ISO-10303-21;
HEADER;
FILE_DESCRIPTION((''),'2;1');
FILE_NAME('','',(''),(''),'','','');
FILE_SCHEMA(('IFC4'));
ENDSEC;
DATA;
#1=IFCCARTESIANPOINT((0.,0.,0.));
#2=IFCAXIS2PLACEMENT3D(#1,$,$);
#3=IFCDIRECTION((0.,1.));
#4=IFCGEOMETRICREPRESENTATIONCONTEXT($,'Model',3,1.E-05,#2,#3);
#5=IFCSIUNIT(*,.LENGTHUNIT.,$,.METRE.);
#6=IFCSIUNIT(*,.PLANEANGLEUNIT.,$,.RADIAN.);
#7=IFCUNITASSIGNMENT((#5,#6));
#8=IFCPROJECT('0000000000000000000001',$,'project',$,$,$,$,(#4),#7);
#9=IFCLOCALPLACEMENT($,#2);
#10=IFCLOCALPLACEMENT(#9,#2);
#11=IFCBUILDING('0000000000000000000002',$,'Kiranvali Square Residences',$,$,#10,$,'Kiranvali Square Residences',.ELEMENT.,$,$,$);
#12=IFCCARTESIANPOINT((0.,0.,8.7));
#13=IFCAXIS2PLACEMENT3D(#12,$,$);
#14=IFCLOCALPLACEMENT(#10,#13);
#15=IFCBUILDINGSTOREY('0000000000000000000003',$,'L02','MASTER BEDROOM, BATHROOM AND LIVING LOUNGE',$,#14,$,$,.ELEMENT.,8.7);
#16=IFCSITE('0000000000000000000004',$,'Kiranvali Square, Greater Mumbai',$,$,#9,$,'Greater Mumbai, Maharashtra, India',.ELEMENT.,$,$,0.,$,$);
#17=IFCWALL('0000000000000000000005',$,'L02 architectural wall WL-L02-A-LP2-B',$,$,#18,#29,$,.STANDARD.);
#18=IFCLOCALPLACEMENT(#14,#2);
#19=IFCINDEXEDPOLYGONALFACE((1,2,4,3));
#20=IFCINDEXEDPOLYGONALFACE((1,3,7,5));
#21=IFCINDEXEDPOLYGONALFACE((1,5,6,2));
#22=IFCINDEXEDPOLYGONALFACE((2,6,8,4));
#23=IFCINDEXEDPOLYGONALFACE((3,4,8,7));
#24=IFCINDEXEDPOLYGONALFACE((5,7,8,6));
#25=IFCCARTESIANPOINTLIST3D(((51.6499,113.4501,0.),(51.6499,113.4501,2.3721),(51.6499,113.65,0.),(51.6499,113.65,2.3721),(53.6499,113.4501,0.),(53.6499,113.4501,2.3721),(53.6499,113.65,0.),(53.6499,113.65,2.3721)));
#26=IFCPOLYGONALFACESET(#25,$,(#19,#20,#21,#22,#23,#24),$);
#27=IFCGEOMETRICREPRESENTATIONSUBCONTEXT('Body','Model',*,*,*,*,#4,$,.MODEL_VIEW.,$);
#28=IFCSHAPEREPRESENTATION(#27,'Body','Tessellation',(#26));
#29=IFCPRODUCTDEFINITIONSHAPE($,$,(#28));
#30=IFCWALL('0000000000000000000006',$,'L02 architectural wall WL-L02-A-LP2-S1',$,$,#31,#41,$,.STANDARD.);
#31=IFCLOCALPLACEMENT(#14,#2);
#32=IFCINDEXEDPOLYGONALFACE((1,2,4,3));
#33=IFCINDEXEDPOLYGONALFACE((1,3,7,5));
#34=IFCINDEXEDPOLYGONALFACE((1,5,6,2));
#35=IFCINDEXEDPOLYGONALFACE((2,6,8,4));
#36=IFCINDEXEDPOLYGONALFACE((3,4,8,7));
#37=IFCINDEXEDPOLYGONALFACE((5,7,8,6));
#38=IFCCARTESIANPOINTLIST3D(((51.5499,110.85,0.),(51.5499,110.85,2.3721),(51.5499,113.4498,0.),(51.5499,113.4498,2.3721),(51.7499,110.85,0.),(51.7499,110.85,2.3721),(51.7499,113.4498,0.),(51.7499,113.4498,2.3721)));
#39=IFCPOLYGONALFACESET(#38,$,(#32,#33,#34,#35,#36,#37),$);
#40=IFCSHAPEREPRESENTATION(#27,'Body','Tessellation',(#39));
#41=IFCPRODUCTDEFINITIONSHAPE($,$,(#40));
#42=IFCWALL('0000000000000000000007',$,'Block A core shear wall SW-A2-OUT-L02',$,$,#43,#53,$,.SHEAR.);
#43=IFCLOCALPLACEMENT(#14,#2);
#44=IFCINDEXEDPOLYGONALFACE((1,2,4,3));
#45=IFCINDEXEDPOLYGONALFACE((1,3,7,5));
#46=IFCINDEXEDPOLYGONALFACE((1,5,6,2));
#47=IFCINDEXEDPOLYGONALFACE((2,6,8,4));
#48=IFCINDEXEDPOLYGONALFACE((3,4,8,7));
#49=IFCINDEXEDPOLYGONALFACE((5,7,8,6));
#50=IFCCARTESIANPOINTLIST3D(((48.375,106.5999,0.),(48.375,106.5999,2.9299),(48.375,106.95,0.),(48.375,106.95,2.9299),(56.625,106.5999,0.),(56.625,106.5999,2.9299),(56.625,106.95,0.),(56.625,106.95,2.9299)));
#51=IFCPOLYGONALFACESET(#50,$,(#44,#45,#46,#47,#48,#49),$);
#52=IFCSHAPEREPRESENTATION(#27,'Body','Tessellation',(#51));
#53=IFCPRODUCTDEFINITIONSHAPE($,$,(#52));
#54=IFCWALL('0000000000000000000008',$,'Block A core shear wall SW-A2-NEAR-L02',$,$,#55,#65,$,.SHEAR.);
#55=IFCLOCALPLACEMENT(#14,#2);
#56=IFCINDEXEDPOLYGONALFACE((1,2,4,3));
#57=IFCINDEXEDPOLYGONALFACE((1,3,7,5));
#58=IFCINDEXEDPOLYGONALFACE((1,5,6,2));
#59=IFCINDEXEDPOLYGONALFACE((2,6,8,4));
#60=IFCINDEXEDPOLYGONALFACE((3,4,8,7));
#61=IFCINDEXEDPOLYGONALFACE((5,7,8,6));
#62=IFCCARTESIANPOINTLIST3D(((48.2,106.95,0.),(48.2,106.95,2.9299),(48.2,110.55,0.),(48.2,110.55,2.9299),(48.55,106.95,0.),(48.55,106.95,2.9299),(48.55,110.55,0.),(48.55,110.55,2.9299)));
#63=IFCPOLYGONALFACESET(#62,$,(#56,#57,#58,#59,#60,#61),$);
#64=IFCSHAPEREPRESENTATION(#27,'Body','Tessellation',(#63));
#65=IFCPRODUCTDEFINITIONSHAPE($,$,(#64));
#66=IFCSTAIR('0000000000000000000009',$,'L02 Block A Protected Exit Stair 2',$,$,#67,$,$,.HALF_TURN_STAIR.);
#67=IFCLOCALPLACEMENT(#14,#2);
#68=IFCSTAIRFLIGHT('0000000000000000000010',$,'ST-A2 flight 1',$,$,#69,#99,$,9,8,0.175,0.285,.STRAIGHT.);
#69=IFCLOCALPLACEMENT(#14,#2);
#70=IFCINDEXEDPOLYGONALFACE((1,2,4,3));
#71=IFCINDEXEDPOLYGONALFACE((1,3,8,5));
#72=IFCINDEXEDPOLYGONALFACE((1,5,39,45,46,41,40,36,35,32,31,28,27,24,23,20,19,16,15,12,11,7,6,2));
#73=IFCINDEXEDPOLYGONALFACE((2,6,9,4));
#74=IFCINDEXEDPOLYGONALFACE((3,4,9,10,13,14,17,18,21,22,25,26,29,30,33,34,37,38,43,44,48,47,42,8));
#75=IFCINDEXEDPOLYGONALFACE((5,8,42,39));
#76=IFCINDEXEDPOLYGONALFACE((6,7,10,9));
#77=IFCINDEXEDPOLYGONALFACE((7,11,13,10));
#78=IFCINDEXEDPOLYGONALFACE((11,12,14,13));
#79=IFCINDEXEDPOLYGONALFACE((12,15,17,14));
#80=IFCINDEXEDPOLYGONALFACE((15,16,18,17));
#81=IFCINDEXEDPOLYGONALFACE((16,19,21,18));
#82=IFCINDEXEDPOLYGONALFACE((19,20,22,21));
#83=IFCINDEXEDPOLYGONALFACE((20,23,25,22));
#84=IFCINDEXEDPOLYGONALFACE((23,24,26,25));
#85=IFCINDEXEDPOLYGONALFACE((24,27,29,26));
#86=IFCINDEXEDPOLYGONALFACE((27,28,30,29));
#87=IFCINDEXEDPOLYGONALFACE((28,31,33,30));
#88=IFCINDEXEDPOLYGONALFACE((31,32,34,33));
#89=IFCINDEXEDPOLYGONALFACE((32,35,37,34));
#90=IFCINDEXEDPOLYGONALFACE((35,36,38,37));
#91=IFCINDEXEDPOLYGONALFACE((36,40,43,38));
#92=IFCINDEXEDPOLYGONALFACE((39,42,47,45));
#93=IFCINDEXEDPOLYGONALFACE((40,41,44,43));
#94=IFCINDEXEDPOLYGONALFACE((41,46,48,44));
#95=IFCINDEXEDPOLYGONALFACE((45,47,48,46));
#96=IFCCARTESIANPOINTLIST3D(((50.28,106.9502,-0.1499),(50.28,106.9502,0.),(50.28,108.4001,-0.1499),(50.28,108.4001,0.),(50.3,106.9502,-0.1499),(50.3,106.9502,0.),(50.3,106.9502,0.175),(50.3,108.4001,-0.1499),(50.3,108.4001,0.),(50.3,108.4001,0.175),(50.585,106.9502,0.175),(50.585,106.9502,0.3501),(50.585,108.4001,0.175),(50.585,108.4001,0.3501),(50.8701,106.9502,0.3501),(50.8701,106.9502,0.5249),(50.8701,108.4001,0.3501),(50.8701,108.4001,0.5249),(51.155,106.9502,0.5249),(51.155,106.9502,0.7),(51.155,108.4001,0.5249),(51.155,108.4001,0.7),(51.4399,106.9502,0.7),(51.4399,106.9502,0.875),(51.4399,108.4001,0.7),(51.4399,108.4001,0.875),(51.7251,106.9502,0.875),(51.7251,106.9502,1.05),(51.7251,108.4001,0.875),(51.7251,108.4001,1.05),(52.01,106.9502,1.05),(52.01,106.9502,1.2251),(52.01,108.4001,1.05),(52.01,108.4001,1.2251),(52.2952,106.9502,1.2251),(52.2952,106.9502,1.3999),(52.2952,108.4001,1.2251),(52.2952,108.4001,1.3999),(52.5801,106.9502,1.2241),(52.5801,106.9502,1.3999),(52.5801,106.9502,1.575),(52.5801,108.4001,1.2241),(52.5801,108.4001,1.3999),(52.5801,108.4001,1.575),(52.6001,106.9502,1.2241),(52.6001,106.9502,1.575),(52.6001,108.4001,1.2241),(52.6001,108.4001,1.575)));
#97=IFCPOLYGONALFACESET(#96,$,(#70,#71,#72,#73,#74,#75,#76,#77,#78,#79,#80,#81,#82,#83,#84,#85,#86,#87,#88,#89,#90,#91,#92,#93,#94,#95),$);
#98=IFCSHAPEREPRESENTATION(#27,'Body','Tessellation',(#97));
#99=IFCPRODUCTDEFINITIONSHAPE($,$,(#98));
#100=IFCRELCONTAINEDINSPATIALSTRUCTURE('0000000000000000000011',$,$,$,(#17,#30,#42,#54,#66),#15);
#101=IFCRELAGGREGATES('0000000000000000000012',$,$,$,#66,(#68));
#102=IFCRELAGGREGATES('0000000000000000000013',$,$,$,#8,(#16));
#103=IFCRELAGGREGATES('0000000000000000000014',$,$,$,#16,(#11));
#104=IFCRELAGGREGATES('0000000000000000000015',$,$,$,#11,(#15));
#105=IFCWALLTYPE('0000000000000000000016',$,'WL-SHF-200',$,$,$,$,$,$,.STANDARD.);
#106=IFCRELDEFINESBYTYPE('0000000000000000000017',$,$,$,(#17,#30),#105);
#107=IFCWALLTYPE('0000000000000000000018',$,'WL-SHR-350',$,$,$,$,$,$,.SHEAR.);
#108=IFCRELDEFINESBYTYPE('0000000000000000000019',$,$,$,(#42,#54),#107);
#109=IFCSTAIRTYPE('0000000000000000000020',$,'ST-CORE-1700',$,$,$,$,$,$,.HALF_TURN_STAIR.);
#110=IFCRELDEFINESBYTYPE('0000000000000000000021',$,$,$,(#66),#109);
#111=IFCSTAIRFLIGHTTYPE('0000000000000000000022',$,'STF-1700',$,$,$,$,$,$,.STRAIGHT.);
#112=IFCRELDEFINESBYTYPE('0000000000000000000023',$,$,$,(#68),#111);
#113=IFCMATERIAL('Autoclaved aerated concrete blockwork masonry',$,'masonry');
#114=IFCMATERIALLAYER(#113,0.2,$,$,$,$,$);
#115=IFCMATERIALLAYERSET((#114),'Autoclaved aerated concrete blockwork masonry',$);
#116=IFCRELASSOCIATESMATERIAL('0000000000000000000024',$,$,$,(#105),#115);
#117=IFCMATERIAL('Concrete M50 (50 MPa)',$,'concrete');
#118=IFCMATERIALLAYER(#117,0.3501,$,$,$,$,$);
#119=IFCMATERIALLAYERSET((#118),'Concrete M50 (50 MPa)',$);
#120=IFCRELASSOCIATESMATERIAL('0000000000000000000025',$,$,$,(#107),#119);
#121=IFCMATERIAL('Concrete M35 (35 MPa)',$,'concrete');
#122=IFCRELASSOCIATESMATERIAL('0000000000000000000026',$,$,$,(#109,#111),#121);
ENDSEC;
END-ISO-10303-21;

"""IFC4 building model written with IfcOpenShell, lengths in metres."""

from ifc_helpers import new_model, si_unit, direction, frame, frame_2d, origin, place, context, subcontext, project, spatial, polyline, rectangle, outline, extrude, material, layer, layer_set, type_object, element, aggregate, save


model = new_model("IFC4")

# Units and contexts
model_context = context("Model", 3, precision=1e-05, world=origin(), true_north=direction((0.0, 1.0)))
body_context = subcontext(model_context, "Body", "Model", "MODEL_VIEW")
ifc_project = project(units=[si_unit("LENGTHUNIT", "METRE"), si_unit("PLANEANGLEUNIT", "RADIAN")], contexts=[model_context])

# Site, building, storey
site_placement = place(None, origin())
site = spatial("IfcSite", under=ifc_project, at=site_placement, Name="Kiranvali Square, Greater Mumbai", LongName="Greater Mumbai, Maharashtra, India", CompositionType="ELEMENT", RefElevation=0.0)
building_placement = place(site_placement, origin())
building = spatial("IfcBuilding", under=site, at=building_placement, Name="Kiranvali Square Residences", LongName="Kiranvali Square Residences", CompositionType="ELEMENT")
storey_placement = place(building_placement, frame((0.0, 0.0, 8.7)))
storey = spatial("IfcBuildingStorey", under=building, at=storey_placement, Name="L02", Description="MASTER BEDROOM, BATHROOM AND LIVING LOUNGE", CompositionType="ELEMENT", Elevation=8.7)

# Shared definitions
ifc_material_1 = material(Name="Autoclaved aerated concrete blockwork masonry", Category="masonry")

# Walls
ifc_layer_1 = layer(ifc_material_1, 0.2)
ifc_layer_set_1 = layer_set([ifc_layer_1], Name="Autoclaved aerated concrete blockwork masonry")
wall_type_1 = type_object("IfcWallType", Name="WL-SHF-200", PredefinedType="STANDARD", material=ifc_layer_set_1)
wall_1_placement = place(storey_placement, frame((51.6499, 113.55, 0.0), z_axis=(0.0, 0.0, 1.0), x_axis=(1.0, 0.0, 0.0)))
element("IfcWall", 1, at=wall_1_placement, inside=storey, type_object=wall_type_1, Name="L02 architectural wall WL-L02-A-LP2-B", PredefinedType="STANDARD", context=body_context, shape_type="SweptSolid", body=[
    extrude(rectangle(XDim=2.0, YDim=0.2, at=frame_2d((1.0, 0.0))), origin(), (0.0, 0.0, 1.0), 2.3721),
])
wall_2_placement = place(storey_placement, frame((51.6499, 110.8501, 0.0), z_axis=(0.0, 0.0, 1.0), x_axis=(0.0, 1.0, 0.0)))
element("IfcWall", 2, at=wall_2_placement, inside=storey, type_object=wall_type_1, Name="L02 architectural wall WL-L02-A-LP2-S1", PredefinedType="STANDARD", context=body_context, shape_type="SweptSolid", body=[
    extrude(rectangle(XDim=2.5999, YDim=0.2, at=frame_2d((1.2998, 0.0))), origin(), (0.0, 0.0, 1.0), 2.3721),
])
ifc_material_2 = material(Name="Concrete M50 (50 MPa)", Category="concrete")
ifc_layer_2 = layer(ifc_material_2, 0.3501)
ifc_layer_set_2 = layer_set([ifc_layer_2], Name="Concrete M50 (50 MPa)")
wall_type_2 = type_object("IfcWallType", Name="WL-SHR-350", PredefinedType="SHEAR", material=ifc_layer_set_2)
wall_3_placement = place(storey_placement, frame((48.375, 106.7749, 0.0), z_axis=(0.0, 0.0, 1.0), x_axis=(1.0, 0.0, 0.0)))
element("IfcWall", 3, at=wall_3_placement, inside=storey, type_object=wall_type_2, Name="Block A core shear wall SW-A2-OUT-L02", PredefinedType="SHEAR", context=body_context, shape_type="SweptSolid", body=[
    extrude(rectangle(XDim=8.25, YDim=0.3501, at=frame_2d((4.125, 0.0))), origin(), (0.0, 0.0, 1.0), 2.9299),
])

# Wall
wall_4_placement = place(storey_placement, frame((48.375, 106.95, 0.0), z_axis=(0.0, 0.0, 1.0), x_axis=(0.0, 1.0, 0.0)))
element("IfcWall", 4, at=wall_4_placement, inside=storey, type_object=wall_type_2, Name="Block A core shear wall SW-A2-NEAR-L02", PredefinedType="SHEAR", context=body_context, shape_type="SweptSolid", body=[
    extrude(rectangle(XDim=3.6001, YDim=0.3501, at=frame_2d((1.8, 0.0))), origin(), (0.0, 0.0, 1.0), 2.9299),
])

# Stair, stair flight
ifc_material_3 = material(Name="Concrete M35 (35 MPa)", Category="concrete")
stair_type = type_object("IfcStairType", Name="ST-CORE-1700", PredefinedType="HALF_TURN_STAIR", material=ifc_material_3)
stair_placement = place(storey_placement, origin())
stair = element("IfcStair", 5, at=stair_placement, inside=storey, type_object=stair_type, Name="L02 Block A Protected Exit Stair 2", PredefinedType="HALF_TURN_STAIR")
stair_flight_type = type_object("IfcStairFlightType", Name="STF-1700", PredefinedType="STRAIGHT", material=ifc_material_3)
stair_flight_placement = place(storey_placement, frame((50.3, 107.675, 0.0), z_axis=(0.0, 0.0, 1.0), x_axis=(1.0, 0.0, 0.0)))
stair_flight = element("IfcStairFlight", 6, at=stair_flight_placement, type_object=stair_flight_type, Name="ST-A2 flight 1", NumberOfRisers=9, NumberOfTreads=8, PredefinedType="STRAIGHT", RiserHeight=0.175, TreadLength=0.285, context=body_context, shape_type="SweptSolid", body=[
    extrude(outline(polyline([(-0.02, -0.1499), (-0.02, 0.0), (0.0, 0.0), (0.0, 0.175), (0.2849, 0.175), (0.2849, 0.3501), (0.5701, 0.3501), (0.5701, 0.5249), (0.855, 0.5249), (0.855, 0.7), (1.1399, 0.7), (1.1399, 0.875), (1.425, 0.875), (1.425, 1.05), (1.71, 1.05), (1.71, 1.2251), (1.9951, 1.2251), (1.9951, 1.3999), (2.28, 1.3999), (2.28, 1.575), (2.3, 1.575), (2.3, 1.2241), (2.28, 1.2241), (0.0, -0.1499), (-0.02, -0.1499)])), frame((0.0, 0.7251, 0.0), z_axis=(0.0, -1.0, 0.0), x_axis=(1.0, 0.0, 0.0)), (0.0, 0.0, 1.0), 1.45),
])
aggregate(stair, [stair_flight])

save(model, "model.ifc")
